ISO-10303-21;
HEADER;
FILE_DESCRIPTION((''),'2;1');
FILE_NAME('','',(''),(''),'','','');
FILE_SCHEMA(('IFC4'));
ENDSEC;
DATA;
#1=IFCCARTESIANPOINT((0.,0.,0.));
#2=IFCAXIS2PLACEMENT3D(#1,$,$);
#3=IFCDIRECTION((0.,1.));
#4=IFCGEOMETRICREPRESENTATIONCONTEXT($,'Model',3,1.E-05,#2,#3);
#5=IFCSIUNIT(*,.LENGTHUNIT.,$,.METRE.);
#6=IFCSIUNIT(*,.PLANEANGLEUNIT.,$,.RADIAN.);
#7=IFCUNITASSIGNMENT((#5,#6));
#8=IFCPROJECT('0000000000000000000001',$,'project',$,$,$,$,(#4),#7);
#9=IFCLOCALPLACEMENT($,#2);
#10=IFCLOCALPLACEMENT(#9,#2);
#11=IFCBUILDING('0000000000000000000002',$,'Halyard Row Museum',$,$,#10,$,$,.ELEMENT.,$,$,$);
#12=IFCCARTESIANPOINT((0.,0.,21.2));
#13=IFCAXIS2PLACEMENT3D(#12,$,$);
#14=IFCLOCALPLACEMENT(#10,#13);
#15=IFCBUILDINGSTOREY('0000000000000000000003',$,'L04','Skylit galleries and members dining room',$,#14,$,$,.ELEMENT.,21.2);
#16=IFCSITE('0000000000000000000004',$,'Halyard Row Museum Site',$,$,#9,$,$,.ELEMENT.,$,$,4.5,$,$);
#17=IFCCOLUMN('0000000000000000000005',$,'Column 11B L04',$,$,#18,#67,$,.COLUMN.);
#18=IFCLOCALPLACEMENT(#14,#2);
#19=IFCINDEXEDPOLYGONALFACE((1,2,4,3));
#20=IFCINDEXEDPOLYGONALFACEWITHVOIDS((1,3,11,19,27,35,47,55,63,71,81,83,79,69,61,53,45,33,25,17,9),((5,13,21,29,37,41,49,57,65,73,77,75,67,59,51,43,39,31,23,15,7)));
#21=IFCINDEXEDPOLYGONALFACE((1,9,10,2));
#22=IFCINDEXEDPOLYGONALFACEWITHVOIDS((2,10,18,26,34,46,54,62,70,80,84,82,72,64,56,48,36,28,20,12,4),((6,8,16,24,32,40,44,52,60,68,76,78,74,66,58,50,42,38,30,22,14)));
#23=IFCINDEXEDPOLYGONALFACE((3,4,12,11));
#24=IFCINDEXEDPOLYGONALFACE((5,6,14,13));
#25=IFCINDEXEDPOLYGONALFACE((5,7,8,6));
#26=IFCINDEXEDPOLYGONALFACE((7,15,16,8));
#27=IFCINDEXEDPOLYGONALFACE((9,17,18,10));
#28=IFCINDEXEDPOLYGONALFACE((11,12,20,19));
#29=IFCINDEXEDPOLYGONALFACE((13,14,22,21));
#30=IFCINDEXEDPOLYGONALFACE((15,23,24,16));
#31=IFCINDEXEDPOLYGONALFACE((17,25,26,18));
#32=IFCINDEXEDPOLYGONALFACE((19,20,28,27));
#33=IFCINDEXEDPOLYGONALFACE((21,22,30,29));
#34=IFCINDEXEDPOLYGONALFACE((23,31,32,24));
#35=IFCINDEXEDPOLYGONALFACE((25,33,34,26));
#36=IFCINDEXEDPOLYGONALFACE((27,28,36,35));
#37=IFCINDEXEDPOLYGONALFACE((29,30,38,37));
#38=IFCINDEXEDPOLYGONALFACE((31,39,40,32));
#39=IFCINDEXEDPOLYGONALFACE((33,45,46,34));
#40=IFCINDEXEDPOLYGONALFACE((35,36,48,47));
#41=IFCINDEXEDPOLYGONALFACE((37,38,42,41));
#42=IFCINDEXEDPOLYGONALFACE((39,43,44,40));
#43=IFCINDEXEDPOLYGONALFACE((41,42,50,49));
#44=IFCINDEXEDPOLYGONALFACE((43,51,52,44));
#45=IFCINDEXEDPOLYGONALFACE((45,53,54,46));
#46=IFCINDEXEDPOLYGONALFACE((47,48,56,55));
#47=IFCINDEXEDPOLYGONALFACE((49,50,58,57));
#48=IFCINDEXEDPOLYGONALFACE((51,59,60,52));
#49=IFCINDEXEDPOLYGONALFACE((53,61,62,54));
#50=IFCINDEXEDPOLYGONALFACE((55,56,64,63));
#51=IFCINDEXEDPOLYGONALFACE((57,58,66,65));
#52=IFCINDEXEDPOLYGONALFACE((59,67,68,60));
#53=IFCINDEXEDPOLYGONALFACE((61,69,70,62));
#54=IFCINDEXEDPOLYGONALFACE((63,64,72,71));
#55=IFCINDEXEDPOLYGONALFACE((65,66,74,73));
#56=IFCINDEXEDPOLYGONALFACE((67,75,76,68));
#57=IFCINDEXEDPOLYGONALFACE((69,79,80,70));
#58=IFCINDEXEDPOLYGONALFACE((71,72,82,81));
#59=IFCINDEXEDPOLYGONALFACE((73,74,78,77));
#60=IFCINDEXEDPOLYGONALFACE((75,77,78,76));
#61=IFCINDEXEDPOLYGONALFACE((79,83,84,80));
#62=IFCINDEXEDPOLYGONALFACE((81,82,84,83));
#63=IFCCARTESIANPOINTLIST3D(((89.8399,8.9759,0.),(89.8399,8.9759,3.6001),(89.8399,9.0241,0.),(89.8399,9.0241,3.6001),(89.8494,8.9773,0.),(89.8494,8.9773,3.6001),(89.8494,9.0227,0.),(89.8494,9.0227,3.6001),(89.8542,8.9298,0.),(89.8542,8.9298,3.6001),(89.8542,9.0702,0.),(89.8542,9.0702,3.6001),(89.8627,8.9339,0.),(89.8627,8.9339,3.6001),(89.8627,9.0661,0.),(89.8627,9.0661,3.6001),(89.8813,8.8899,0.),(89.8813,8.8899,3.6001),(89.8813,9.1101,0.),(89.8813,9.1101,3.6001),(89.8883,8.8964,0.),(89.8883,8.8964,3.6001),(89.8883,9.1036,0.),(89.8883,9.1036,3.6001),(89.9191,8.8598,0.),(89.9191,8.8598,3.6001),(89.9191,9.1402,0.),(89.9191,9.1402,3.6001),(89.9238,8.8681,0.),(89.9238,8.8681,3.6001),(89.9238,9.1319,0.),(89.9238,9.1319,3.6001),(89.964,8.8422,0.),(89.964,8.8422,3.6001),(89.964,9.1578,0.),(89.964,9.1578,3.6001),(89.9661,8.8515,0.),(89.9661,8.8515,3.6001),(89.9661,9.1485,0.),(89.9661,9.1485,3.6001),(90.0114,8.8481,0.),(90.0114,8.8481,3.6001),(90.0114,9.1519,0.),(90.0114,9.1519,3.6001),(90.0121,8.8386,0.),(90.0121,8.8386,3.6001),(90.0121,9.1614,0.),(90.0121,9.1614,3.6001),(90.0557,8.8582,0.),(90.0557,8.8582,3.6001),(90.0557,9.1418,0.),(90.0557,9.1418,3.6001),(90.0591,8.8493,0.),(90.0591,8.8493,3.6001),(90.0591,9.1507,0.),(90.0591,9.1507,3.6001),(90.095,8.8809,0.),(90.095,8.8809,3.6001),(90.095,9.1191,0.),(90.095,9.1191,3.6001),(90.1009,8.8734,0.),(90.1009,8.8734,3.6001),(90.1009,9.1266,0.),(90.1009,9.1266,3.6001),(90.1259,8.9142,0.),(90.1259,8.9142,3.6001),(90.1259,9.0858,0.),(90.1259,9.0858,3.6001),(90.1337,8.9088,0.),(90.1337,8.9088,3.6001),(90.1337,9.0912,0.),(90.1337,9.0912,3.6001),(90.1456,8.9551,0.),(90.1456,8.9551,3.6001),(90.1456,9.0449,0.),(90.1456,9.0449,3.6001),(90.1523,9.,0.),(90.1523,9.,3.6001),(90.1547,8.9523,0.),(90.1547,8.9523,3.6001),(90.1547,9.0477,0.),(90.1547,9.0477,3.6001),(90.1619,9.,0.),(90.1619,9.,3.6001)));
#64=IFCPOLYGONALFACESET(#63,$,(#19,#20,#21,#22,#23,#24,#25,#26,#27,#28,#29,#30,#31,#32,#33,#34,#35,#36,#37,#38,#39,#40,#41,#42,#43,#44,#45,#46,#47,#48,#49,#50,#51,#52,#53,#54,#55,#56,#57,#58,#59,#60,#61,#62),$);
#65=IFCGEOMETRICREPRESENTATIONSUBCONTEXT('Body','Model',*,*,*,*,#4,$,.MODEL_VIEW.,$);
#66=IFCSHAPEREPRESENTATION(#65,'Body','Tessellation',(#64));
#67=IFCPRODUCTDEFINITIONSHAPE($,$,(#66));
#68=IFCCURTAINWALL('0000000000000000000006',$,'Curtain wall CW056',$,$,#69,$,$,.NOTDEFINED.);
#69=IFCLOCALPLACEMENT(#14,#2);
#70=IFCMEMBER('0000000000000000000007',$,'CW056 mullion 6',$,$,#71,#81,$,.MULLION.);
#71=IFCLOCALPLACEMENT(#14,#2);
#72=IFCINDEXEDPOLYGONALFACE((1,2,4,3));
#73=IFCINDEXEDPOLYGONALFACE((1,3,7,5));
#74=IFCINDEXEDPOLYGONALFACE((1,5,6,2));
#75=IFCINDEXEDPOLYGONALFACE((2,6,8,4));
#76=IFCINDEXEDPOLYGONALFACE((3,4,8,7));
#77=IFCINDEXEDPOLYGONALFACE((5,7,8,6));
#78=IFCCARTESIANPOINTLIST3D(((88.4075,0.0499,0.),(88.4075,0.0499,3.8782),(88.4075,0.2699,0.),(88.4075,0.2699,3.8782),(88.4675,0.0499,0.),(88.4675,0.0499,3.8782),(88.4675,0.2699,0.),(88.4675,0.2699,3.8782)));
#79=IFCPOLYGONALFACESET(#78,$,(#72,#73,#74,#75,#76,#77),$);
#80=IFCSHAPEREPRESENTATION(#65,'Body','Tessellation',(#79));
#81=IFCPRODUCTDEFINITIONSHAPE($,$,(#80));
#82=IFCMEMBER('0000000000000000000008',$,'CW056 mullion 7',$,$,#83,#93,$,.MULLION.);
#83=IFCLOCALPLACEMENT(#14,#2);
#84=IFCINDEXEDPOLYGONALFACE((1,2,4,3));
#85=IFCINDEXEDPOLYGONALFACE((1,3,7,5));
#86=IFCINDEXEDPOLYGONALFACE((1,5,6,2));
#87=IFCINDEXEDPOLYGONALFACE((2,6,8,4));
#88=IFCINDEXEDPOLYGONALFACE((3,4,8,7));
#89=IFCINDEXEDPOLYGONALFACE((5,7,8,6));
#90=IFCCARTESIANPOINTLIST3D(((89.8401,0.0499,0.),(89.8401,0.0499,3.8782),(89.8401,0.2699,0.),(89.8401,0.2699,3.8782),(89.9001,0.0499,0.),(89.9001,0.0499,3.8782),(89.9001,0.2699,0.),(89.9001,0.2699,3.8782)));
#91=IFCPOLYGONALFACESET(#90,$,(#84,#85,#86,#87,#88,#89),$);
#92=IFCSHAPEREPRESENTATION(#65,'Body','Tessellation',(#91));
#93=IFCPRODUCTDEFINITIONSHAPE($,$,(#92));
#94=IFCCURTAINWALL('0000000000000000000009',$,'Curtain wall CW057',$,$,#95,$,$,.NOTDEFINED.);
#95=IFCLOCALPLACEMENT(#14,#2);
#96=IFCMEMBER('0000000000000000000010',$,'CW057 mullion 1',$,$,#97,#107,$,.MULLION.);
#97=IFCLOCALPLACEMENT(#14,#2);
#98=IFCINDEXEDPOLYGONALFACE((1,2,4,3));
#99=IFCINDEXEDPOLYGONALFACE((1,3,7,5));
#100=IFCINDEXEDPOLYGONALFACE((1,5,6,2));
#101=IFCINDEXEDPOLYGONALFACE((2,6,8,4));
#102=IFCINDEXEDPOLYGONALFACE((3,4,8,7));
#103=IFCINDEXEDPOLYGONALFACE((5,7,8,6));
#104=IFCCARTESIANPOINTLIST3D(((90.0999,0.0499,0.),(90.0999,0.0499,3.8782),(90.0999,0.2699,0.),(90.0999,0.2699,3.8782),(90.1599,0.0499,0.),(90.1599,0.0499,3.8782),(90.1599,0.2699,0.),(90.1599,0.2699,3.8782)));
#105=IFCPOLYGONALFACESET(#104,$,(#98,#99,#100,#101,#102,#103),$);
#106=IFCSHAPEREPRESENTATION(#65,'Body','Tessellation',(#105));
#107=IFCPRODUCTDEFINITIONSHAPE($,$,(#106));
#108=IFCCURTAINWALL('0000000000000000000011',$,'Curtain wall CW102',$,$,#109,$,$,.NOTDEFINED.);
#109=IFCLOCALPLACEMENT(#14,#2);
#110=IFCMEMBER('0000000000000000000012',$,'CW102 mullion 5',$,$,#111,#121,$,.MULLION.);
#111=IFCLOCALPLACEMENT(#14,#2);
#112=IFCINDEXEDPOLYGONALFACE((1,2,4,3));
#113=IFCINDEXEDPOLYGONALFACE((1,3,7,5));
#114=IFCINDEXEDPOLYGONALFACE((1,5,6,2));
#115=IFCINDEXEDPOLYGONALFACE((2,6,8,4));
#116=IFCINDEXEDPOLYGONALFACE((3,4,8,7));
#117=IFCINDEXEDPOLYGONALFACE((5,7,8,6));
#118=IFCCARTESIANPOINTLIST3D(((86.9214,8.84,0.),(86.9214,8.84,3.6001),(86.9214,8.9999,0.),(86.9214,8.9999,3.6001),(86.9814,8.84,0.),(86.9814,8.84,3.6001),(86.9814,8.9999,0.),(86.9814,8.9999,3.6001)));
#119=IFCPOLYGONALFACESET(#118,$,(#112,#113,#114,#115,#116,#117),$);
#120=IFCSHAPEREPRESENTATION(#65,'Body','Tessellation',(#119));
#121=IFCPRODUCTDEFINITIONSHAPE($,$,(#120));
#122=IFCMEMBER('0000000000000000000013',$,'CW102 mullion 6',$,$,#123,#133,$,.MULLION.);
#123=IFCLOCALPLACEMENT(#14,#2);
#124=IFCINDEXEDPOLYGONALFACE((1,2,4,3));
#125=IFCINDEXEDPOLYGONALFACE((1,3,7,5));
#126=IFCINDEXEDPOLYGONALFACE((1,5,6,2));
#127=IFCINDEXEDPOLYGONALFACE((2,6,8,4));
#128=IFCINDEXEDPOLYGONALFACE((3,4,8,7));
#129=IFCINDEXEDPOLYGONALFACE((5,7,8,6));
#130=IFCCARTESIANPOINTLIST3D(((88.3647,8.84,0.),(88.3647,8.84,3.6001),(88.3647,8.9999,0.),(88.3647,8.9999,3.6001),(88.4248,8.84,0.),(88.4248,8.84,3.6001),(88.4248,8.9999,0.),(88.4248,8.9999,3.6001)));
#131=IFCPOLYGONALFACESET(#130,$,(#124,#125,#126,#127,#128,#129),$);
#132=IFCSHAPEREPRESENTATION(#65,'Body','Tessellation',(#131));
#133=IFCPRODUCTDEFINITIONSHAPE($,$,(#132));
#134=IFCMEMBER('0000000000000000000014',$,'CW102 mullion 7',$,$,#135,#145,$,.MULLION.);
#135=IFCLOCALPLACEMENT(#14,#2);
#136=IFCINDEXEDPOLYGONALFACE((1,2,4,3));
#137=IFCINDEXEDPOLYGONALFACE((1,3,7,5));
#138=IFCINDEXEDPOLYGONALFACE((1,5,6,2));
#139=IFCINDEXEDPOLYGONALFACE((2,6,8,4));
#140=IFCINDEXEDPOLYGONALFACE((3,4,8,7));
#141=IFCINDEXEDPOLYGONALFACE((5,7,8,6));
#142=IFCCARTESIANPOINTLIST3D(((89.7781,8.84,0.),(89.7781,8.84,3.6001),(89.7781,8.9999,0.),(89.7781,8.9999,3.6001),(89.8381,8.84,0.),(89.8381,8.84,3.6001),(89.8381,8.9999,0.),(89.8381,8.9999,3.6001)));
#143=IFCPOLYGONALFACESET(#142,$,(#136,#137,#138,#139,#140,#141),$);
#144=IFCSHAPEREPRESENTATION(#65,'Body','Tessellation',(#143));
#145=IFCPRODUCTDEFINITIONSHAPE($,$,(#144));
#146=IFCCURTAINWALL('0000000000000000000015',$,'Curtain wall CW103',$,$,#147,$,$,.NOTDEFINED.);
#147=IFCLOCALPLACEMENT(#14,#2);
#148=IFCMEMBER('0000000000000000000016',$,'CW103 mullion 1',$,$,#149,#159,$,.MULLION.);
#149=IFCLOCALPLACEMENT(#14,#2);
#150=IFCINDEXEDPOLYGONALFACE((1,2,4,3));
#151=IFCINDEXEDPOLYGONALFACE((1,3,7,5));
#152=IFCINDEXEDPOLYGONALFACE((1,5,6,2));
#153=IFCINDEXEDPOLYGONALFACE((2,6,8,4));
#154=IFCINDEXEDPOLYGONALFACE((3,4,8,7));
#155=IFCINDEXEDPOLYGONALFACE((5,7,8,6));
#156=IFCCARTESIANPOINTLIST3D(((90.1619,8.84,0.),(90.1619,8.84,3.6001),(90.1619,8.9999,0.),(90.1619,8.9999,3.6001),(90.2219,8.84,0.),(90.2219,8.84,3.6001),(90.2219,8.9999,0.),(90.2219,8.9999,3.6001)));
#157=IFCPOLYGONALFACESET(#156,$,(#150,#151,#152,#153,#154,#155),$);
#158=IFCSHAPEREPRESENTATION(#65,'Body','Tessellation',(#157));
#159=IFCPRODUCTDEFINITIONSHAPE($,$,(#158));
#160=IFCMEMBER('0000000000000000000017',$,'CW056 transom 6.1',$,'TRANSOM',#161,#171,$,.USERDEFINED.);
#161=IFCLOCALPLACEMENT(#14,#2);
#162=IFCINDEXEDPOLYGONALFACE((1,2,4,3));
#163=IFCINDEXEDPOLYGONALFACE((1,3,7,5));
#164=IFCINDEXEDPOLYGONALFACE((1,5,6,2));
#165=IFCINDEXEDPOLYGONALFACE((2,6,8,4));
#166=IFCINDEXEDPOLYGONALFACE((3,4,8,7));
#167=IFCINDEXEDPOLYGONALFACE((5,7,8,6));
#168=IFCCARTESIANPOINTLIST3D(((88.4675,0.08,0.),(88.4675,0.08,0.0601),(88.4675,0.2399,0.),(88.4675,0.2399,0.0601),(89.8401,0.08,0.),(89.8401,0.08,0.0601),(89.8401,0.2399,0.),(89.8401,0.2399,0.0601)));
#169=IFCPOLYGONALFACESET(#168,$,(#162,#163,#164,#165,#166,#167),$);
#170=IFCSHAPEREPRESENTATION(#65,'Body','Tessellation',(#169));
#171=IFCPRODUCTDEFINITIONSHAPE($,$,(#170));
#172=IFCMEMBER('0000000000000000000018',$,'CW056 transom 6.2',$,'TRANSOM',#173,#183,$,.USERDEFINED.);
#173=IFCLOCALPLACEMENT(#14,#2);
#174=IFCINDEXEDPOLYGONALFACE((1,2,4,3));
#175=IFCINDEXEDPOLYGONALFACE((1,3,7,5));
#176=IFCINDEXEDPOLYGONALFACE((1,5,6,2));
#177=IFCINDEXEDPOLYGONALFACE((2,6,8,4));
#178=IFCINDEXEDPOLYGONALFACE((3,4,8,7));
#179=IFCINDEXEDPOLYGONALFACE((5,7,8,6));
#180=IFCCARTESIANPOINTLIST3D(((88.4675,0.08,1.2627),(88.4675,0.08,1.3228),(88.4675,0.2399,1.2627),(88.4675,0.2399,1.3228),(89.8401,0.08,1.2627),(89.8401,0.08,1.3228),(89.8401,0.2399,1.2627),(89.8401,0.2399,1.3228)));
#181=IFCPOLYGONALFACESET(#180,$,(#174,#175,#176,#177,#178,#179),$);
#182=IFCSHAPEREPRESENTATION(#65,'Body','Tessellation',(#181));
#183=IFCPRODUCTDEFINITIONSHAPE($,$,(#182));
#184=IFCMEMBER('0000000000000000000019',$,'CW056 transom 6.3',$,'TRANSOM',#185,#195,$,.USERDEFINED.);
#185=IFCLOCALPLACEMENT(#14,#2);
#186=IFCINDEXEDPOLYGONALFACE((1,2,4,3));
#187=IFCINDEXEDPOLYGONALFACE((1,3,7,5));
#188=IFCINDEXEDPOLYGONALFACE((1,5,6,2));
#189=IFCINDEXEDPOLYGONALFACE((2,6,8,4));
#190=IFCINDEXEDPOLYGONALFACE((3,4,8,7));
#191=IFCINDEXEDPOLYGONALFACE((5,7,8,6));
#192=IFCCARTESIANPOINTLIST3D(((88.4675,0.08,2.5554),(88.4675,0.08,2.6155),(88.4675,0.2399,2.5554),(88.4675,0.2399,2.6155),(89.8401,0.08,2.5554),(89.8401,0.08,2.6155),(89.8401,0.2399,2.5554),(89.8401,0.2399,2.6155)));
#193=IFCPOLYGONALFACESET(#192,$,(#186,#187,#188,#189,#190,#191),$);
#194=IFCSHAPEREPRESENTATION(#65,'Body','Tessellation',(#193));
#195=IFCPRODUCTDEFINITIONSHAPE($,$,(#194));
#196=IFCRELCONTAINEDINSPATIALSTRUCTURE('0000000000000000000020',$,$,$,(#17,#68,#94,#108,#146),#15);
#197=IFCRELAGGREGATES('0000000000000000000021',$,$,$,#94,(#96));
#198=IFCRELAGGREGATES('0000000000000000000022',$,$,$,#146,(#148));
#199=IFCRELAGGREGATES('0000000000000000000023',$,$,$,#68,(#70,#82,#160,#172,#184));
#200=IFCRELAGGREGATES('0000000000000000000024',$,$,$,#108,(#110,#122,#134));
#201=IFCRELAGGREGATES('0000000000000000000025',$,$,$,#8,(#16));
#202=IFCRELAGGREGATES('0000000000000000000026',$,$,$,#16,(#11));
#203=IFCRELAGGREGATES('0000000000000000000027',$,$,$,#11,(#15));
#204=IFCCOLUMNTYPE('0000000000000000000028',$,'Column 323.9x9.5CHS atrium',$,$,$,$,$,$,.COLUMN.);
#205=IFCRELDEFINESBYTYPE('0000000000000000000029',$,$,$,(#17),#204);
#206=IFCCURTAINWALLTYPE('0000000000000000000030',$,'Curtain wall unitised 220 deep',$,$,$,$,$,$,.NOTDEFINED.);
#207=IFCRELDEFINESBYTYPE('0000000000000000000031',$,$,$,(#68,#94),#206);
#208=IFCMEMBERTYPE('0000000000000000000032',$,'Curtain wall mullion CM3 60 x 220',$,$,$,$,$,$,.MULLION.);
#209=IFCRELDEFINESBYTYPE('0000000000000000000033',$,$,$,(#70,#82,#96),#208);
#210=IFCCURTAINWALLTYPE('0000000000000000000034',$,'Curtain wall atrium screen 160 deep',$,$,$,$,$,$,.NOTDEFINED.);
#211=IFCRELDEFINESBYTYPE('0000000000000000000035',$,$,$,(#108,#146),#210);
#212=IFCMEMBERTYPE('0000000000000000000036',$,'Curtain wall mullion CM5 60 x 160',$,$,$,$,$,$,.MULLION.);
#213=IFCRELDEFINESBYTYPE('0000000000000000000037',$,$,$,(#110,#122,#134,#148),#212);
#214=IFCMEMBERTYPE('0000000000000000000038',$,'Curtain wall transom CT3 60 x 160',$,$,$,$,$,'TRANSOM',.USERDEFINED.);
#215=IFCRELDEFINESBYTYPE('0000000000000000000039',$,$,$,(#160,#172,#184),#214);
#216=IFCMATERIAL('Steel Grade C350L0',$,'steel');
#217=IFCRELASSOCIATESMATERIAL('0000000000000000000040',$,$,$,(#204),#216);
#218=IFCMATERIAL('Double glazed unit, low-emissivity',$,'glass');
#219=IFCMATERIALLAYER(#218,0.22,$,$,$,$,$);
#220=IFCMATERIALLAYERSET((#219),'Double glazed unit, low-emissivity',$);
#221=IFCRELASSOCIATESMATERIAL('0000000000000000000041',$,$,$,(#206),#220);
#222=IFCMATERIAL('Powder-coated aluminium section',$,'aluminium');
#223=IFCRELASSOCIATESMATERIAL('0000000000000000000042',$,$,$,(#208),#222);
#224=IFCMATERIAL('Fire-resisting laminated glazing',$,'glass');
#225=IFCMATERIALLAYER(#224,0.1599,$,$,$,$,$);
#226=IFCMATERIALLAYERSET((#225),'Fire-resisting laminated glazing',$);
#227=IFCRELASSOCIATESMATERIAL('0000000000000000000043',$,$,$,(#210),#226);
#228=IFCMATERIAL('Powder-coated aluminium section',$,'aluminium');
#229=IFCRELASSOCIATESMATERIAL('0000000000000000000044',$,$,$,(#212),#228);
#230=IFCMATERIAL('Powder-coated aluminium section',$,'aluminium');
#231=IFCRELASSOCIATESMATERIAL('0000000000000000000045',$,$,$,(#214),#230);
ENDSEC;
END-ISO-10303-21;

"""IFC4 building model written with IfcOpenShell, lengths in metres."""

from ifc_helpers import new_model, si_unit, direction, frame, origin, origin_2d, place, context, subcontext, project, spatial, rectangle, hollow_circle, extrude, material, layer, layer_set, material_profile, profile_set, type_object, element, aggregate, save


model = new_model("IFC4")

# Units and contexts
model_context = context("Model", 3, precision=1e-05, world=origin(), true_north=direction((0.0, 1.0)))
body_context = subcontext(model_context, "Body", "Model", "MODEL_VIEW")
ifc_project = project(units=[si_unit("LENGTHUNIT", "METRE"), si_unit("PLANEANGLEUNIT", "RADIAN")], contexts=[model_context])

# Site, building, storey
site_placement = place(None, origin())
site = spatial("IfcSite", under=ifc_project, at=site_placement, Name="Halyard Row Museum Site", CompositionType="ELEMENT", RefElevation=4.5)
building_placement = place(site_placement, origin())
building = spatial("IfcBuilding", under=site, at=building_placement, Name="Halyard Row Museum", CompositionType="ELEMENT")
storey_placement = place(building_placement, frame((0.0, 0.0, 21.2)))
storey = spatial("IfcBuildingStorey", under=building, at=storey_placement, Name="L04", Description="Skylit galleries and members dining room", CompositionType="ELEMENT", Elevation=21.2)

# Column
ifc_material_1 = material(Name="Steel Grade C350L0", Category="steel")
ifc_material_profile_1 = material_profile(ifc_material_1, hollow_circle(Radius=0.1619, WallThickness=0.0095, at=origin_2d()), Name="323.9x9.5CHS")
ifc_profile_set_1 = profile_set([ifc_material_profile_1], Name="Steel Grade C350L0")
column_type = type_object("IfcColumnType", Name="Column 323.9x9.5CHS atrium", PredefinedType="COLUMN", material=ifc_profile_set_1)
column_placement = place(storey_placement, frame((90.0, 9.0, 0.0), z_axis=(0.0, 0.0, 1.0), x_axis=(1.0, 0.0, 0.0)))
element("IfcColumn", 1, at=column_placement, inside=storey, type_object=column_type, Name="Column 11B L04", PredefinedType="COLUMN", context=body_context, shape_type="SweptSolid", body=[
    extrude(hollow_circle(Radius=0.1619, WallThickness=0.0095, at=origin_2d()), origin(), (0.0, 0.0, 1.0), 3.6001),
])

# Curtain wall, members
ifc_material_2 = material(Name="Double glazed unit, low-emissivity", Category="glass")
ifc_layer_1 = layer(ifc_material_2, 0.22)
ifc_layer_set_1 = layer_set([ifc_layer_1], Name="Double glazed unit, low-emissivity")
curtain_wall_type_1 = type_object("IfcCurtainWallType", Name="Curtain wall unitised 220 deep", PredefinedType="NOTDEFINED", material=ifc_layer_set_1)
curtain_wall_1_placement = place(storey_placement, origin())
curtain_wall_1 = element("IfcCurtainWall", 2, at=curtain_wall_1_placement, inside=storey, type_object=curtain_wall_type_1, Name="Curtain wall CW056", PredefinedType="NOTDEFINED")
ifc_material_3 = material(Name="Powder-coated aluminium section", Category="aluminium")
ifc_material_profile_2 = material_profile(ifc_material_3, rectangle(XDim=0.22, YDim=0.0601, at=origin_2d()), Name="220x60 mullion")
ifc_profile_set_2 = profile_set([ifc_material_profile_2], Name="Powder-coated aluminium section")
member_type_1 = type_object("IfcMemberType", Name="Curtain wall mullion CM3 60 x 220", PredefinedType="MULLION", material=ifc_profile_set_2)
member_1_placement = place(storey_placement, frame((88.4375, 0.1599, 0.0), z_axis=(0.0, 0.0, 1.0), x_axis=(0.0, 1.0, 0.0)))
member_1 = element("IfcMember", 3, at=member_1_placement, type_object=member_type_1, Name="CW056 mullion 6", PredefinedType="MULLION", context=body_context, shape_type="SweptSolid", body=[
    extrude(rectangle(XDim=0.22, YDim=0.0601, at=origin_2d()), origin(), (0.0, 0.0, 1.0), 3.8782),
])
member_2_placement = place(storey_placement, frame((89.8701, 0.1599, 0.0), z_axis=(0.0, 0.0, 1.0), x_axis=(0.0, 1.0, 0.0)))
member_2 = element("IfcMember", 4, at=member_2_placement, type_object=member_type_1, Name="CW056 mullion 7", PredefinedType="MULLION", context=body_context, shape_type="SweptSolid", body=[
    extrude(rectangle(XDim=0.22, YDim=0.0601, at=origin_2d()), origin(), (0.0, 0.0, 1.0), 3.8782),
])

# Curtain wall, member
curtain_wall_2_placement = place(storey_placement, origin())
curtain_wall_2 = element("IfcCurtainWall", 5, at=curtain_wall_2_placement, inside=storey, type_object=curtain_wall_type_1, Name="Curtain wall CW057", PredefinedType="NOTDEFINED")
member_3_placement = place(storey_placement, frame((90.1299, 0.1599, 0.0), z_axis=(0.0, 0.0, 1.0), x_axis=(0.0, 1.0, 0.0)))
member_3 = element("IfcMember", 6, at=member_3_placement, type_object=member_type_1, Name="CW057 mullion 1", PredefinedType="MULLION", context=body_context, shape_type="SweptSolid", body=[
    extrude(rectangle(XDim=0.22, YDim=0.0601, at=origin_2d()), origin(), (0.0, 0.0, 1.0), 3.8782),
])

# Curtain wall, members
ifc_material_4 = material(Name="Fire-resisting laminated glazing", Category="glass")
ifc_layer_2 = layer(ifc_material_4, 0.1599)
ifc_layer_set_2 = layer_set([ifc_layer_2], Name="Fire-resisting laminated glazing")
curtain_wall_type_2 = type_object("IfcCurtainWallType", Name="Curtain wall atrium screen 160 deep", PredefinedType="NOTDEFINED", material=ifc_layer_set_2)
curtain_wall_3_placement = place(storey_placement, origin())
curtain_wall_3 = element("IfcCurtainWall", 7, at=curtain_wall_3_placement, inside=storey, type_object=curtain_wall_type_2, Name="Curtain wall CW102", PredefinedType="NOTDEFINED")
ifc_material_5 = material(Name="Powder-coated aluminium section", Category="aluminium")
ifc_material_profile_3 = material_profile(ifc_material_5, rectangle(XDim=0.1599, YDim=0.0601, at=origin_2d()), Name="160x60 mullion")
ifc_profile_set_3 = profile_set([ifc_material_profile_3], Name="Powder-coated aluminium section")
member_type_2 = type_object("IfcMemberType", Name="Curtain wall mullion CM5 60 x 160", PredefinedType="MULLION", material=ifc_profile_set_3)
member_4_placement = place(storey_placement, frame((86.9514, 8.9199, 0.0), z_axis=(0.0, 0.0, 1.0), x_axis=(0.0, 1.0, 0.0)))
member_4 = element("IfcMember", 8, at=member_4_placement, type_object=member_type_2, Name="CW102 mullion 5", PredefinedType="MULLION", context=body_context, shape_type="SweptSolid", body=[
    extrude(rectangle(XDim=0.1599, YDim=0.0601, at=origin_2d()), origin(), (0.0, 0.0, 1.0), 3.6001),
])
member_5_placement = place(storey_placement, frame((88.3948, 8.9199, 0.0), z_axis=(0.0, 0.0, 1.0), x_axis=(0.0, 1.0, 0.0)))
member_5 = element("IfcMember", 9, at=member_5_placement, type_object=member_type_2, Name="CW102 mullion 6", PredefinedType="MULLION", context=body_context, shape_type="SweptSolid", body=[
    extrude(rectangle(XDim=0.1599, YDim=0.0601, at=origin_2d()), origin(), (0.0, 0.0, 1.0), 3.6001),
])
member_6_placement = place(storey_placement, frame((89.8081, 8.9199, 0.0), z_axis=(0.0, 0.0, 1.0), x_axis=(0.0, 1.0, 0.0)))
member_6 = element("IfcMember", 10, at=member_6_placement, type_object=member_type_2, Name="CW102 mullion 7", PredefinedType="MULLION", context=body_context, shape_type="SweptSolid", body=[
    extrude(rectangle(XDim=0.1599, YDim=0.0601, at=origin_2d()), origin(), (0.0, 0.0, 1.0), 3.6001),
])

# Curtain wall, member
curtain_wall_4_placement = place(storey_placement, origin())
curtain_wall_4 = element("IfcCurtainWall", 11, at=curtain_wall_4_placement, inside=storey, type_object=curtain_wall_type_2, Name="Curtain wall CW103", PredefinedType="NOTDEFINED")
member_7_placement = place(storey_placement, frame((90.1919, 8.9199, 0.0), z_axis=(0.0, 0.0, 1.0), x_axis=(0.0, 1.0, 0.0)))
member_7 = element("IfcMember", 12, at=member_7_placement, type_object=member_type_2, Name="CW103 mullion 1", PredefinedType="MULLION", context=body_context, shape_type="SweptSolid", body=[
    extrude(rectangle(XDim=0.1599, YDim=0.0601, at=origin_2d()), origin(), (0.0, 0.0, 1.0), 3.6001),
])

# Members
ifc_material_6 = material(Name="Powder-coated aluminium section", Category="aluminium")
ifc_material_profile_4 = material_profile(ifc_material_6, rectangle(XDim=0.1599, YDim=0.0601, at=origin_2d()), Name="160x60 transom")
ifc_profile_set_4 = profile_set([ifc_material_profile_4], Name="Powder-coated aluminium section")
member_type_3 = type_object("IfcMemberType", Name="Curtain wall transom CT3 60 x 160", ElementType="TRANSOM", PredefinedType="USERDEFINED", material=ifc_profile_set_4)
member_8_placement = place(storey_placement, frame((88.4675, 0.1599, 0.03), z_axis=(1.0, 0.0, 0.0), x_axis=(0.0, 1.0, 0.0)))
member_8 = element("IfcMember", 13, at=member_8_placement, type_object=member_type_3, Name="CW056 transom 6.1", ObjectType="TRANSOM", PredefinedType="USERDEFINED", context=body_context, shape_type="SweptSolid", body=[
    extrude(rectangle(XDim=0.1599, YDim=0.0601, at=origin_2d()), origin(), (0.0, 0.0, 1.0), 1.3726),
])
member_9_placement = place(storey_placement, frame((88.4675, 0.1599, 1.2927), z_axis=(1.0, 0.0, 0.0), x_axis=(0.0, 1.0, 0.0)))
member_9 = element("IfcMember", 14, at=member_9_placement, type_object=member_type_3, Name="CW056 transom 6.2", ObjectType="TRANSOM", PredefinedType="USERDEFINED", context=body_context, shape_type="SweptSolid", body=[
    extrude(rectangle(XDim=0.1599, YDim=0.0601, at=origin_2d()), origin(), (0.0, 0.0, 1.0), 1.3726),
])
member_10_placement = place(storey_placement, frame((88.4675, 0.1599, 2.5854), z_axis=(1.0, 0.0, 0.0), x_axis=(0.0, 1.0, 0.0)))
member_10 = element("IfcMember", 15, at=member_10_placement, type_object=member_type_3, Name="CW056 transom 6.3", ObjectType="TRANSOM", PredefinedType="USERDEFINED", context=body_context, shape_type="SweptSolid", body=[
    extrude(rectangle(XDim=0.1599, YDim=0.0601, at=origin_2d()), origin(), (0.0, 0.0, 1.0), 1.3726),
])
aggregate(curtain_wall_2, [member_3])
aggregate(curtain_wall_4, [member_7])

aggregate(curtain_wall_1, [member_1, member_2, member_8, member_9, member_10])
aggregate(curtain_wall_3, [member_4, member_5, member_6])

save(model, "model.ifc")
